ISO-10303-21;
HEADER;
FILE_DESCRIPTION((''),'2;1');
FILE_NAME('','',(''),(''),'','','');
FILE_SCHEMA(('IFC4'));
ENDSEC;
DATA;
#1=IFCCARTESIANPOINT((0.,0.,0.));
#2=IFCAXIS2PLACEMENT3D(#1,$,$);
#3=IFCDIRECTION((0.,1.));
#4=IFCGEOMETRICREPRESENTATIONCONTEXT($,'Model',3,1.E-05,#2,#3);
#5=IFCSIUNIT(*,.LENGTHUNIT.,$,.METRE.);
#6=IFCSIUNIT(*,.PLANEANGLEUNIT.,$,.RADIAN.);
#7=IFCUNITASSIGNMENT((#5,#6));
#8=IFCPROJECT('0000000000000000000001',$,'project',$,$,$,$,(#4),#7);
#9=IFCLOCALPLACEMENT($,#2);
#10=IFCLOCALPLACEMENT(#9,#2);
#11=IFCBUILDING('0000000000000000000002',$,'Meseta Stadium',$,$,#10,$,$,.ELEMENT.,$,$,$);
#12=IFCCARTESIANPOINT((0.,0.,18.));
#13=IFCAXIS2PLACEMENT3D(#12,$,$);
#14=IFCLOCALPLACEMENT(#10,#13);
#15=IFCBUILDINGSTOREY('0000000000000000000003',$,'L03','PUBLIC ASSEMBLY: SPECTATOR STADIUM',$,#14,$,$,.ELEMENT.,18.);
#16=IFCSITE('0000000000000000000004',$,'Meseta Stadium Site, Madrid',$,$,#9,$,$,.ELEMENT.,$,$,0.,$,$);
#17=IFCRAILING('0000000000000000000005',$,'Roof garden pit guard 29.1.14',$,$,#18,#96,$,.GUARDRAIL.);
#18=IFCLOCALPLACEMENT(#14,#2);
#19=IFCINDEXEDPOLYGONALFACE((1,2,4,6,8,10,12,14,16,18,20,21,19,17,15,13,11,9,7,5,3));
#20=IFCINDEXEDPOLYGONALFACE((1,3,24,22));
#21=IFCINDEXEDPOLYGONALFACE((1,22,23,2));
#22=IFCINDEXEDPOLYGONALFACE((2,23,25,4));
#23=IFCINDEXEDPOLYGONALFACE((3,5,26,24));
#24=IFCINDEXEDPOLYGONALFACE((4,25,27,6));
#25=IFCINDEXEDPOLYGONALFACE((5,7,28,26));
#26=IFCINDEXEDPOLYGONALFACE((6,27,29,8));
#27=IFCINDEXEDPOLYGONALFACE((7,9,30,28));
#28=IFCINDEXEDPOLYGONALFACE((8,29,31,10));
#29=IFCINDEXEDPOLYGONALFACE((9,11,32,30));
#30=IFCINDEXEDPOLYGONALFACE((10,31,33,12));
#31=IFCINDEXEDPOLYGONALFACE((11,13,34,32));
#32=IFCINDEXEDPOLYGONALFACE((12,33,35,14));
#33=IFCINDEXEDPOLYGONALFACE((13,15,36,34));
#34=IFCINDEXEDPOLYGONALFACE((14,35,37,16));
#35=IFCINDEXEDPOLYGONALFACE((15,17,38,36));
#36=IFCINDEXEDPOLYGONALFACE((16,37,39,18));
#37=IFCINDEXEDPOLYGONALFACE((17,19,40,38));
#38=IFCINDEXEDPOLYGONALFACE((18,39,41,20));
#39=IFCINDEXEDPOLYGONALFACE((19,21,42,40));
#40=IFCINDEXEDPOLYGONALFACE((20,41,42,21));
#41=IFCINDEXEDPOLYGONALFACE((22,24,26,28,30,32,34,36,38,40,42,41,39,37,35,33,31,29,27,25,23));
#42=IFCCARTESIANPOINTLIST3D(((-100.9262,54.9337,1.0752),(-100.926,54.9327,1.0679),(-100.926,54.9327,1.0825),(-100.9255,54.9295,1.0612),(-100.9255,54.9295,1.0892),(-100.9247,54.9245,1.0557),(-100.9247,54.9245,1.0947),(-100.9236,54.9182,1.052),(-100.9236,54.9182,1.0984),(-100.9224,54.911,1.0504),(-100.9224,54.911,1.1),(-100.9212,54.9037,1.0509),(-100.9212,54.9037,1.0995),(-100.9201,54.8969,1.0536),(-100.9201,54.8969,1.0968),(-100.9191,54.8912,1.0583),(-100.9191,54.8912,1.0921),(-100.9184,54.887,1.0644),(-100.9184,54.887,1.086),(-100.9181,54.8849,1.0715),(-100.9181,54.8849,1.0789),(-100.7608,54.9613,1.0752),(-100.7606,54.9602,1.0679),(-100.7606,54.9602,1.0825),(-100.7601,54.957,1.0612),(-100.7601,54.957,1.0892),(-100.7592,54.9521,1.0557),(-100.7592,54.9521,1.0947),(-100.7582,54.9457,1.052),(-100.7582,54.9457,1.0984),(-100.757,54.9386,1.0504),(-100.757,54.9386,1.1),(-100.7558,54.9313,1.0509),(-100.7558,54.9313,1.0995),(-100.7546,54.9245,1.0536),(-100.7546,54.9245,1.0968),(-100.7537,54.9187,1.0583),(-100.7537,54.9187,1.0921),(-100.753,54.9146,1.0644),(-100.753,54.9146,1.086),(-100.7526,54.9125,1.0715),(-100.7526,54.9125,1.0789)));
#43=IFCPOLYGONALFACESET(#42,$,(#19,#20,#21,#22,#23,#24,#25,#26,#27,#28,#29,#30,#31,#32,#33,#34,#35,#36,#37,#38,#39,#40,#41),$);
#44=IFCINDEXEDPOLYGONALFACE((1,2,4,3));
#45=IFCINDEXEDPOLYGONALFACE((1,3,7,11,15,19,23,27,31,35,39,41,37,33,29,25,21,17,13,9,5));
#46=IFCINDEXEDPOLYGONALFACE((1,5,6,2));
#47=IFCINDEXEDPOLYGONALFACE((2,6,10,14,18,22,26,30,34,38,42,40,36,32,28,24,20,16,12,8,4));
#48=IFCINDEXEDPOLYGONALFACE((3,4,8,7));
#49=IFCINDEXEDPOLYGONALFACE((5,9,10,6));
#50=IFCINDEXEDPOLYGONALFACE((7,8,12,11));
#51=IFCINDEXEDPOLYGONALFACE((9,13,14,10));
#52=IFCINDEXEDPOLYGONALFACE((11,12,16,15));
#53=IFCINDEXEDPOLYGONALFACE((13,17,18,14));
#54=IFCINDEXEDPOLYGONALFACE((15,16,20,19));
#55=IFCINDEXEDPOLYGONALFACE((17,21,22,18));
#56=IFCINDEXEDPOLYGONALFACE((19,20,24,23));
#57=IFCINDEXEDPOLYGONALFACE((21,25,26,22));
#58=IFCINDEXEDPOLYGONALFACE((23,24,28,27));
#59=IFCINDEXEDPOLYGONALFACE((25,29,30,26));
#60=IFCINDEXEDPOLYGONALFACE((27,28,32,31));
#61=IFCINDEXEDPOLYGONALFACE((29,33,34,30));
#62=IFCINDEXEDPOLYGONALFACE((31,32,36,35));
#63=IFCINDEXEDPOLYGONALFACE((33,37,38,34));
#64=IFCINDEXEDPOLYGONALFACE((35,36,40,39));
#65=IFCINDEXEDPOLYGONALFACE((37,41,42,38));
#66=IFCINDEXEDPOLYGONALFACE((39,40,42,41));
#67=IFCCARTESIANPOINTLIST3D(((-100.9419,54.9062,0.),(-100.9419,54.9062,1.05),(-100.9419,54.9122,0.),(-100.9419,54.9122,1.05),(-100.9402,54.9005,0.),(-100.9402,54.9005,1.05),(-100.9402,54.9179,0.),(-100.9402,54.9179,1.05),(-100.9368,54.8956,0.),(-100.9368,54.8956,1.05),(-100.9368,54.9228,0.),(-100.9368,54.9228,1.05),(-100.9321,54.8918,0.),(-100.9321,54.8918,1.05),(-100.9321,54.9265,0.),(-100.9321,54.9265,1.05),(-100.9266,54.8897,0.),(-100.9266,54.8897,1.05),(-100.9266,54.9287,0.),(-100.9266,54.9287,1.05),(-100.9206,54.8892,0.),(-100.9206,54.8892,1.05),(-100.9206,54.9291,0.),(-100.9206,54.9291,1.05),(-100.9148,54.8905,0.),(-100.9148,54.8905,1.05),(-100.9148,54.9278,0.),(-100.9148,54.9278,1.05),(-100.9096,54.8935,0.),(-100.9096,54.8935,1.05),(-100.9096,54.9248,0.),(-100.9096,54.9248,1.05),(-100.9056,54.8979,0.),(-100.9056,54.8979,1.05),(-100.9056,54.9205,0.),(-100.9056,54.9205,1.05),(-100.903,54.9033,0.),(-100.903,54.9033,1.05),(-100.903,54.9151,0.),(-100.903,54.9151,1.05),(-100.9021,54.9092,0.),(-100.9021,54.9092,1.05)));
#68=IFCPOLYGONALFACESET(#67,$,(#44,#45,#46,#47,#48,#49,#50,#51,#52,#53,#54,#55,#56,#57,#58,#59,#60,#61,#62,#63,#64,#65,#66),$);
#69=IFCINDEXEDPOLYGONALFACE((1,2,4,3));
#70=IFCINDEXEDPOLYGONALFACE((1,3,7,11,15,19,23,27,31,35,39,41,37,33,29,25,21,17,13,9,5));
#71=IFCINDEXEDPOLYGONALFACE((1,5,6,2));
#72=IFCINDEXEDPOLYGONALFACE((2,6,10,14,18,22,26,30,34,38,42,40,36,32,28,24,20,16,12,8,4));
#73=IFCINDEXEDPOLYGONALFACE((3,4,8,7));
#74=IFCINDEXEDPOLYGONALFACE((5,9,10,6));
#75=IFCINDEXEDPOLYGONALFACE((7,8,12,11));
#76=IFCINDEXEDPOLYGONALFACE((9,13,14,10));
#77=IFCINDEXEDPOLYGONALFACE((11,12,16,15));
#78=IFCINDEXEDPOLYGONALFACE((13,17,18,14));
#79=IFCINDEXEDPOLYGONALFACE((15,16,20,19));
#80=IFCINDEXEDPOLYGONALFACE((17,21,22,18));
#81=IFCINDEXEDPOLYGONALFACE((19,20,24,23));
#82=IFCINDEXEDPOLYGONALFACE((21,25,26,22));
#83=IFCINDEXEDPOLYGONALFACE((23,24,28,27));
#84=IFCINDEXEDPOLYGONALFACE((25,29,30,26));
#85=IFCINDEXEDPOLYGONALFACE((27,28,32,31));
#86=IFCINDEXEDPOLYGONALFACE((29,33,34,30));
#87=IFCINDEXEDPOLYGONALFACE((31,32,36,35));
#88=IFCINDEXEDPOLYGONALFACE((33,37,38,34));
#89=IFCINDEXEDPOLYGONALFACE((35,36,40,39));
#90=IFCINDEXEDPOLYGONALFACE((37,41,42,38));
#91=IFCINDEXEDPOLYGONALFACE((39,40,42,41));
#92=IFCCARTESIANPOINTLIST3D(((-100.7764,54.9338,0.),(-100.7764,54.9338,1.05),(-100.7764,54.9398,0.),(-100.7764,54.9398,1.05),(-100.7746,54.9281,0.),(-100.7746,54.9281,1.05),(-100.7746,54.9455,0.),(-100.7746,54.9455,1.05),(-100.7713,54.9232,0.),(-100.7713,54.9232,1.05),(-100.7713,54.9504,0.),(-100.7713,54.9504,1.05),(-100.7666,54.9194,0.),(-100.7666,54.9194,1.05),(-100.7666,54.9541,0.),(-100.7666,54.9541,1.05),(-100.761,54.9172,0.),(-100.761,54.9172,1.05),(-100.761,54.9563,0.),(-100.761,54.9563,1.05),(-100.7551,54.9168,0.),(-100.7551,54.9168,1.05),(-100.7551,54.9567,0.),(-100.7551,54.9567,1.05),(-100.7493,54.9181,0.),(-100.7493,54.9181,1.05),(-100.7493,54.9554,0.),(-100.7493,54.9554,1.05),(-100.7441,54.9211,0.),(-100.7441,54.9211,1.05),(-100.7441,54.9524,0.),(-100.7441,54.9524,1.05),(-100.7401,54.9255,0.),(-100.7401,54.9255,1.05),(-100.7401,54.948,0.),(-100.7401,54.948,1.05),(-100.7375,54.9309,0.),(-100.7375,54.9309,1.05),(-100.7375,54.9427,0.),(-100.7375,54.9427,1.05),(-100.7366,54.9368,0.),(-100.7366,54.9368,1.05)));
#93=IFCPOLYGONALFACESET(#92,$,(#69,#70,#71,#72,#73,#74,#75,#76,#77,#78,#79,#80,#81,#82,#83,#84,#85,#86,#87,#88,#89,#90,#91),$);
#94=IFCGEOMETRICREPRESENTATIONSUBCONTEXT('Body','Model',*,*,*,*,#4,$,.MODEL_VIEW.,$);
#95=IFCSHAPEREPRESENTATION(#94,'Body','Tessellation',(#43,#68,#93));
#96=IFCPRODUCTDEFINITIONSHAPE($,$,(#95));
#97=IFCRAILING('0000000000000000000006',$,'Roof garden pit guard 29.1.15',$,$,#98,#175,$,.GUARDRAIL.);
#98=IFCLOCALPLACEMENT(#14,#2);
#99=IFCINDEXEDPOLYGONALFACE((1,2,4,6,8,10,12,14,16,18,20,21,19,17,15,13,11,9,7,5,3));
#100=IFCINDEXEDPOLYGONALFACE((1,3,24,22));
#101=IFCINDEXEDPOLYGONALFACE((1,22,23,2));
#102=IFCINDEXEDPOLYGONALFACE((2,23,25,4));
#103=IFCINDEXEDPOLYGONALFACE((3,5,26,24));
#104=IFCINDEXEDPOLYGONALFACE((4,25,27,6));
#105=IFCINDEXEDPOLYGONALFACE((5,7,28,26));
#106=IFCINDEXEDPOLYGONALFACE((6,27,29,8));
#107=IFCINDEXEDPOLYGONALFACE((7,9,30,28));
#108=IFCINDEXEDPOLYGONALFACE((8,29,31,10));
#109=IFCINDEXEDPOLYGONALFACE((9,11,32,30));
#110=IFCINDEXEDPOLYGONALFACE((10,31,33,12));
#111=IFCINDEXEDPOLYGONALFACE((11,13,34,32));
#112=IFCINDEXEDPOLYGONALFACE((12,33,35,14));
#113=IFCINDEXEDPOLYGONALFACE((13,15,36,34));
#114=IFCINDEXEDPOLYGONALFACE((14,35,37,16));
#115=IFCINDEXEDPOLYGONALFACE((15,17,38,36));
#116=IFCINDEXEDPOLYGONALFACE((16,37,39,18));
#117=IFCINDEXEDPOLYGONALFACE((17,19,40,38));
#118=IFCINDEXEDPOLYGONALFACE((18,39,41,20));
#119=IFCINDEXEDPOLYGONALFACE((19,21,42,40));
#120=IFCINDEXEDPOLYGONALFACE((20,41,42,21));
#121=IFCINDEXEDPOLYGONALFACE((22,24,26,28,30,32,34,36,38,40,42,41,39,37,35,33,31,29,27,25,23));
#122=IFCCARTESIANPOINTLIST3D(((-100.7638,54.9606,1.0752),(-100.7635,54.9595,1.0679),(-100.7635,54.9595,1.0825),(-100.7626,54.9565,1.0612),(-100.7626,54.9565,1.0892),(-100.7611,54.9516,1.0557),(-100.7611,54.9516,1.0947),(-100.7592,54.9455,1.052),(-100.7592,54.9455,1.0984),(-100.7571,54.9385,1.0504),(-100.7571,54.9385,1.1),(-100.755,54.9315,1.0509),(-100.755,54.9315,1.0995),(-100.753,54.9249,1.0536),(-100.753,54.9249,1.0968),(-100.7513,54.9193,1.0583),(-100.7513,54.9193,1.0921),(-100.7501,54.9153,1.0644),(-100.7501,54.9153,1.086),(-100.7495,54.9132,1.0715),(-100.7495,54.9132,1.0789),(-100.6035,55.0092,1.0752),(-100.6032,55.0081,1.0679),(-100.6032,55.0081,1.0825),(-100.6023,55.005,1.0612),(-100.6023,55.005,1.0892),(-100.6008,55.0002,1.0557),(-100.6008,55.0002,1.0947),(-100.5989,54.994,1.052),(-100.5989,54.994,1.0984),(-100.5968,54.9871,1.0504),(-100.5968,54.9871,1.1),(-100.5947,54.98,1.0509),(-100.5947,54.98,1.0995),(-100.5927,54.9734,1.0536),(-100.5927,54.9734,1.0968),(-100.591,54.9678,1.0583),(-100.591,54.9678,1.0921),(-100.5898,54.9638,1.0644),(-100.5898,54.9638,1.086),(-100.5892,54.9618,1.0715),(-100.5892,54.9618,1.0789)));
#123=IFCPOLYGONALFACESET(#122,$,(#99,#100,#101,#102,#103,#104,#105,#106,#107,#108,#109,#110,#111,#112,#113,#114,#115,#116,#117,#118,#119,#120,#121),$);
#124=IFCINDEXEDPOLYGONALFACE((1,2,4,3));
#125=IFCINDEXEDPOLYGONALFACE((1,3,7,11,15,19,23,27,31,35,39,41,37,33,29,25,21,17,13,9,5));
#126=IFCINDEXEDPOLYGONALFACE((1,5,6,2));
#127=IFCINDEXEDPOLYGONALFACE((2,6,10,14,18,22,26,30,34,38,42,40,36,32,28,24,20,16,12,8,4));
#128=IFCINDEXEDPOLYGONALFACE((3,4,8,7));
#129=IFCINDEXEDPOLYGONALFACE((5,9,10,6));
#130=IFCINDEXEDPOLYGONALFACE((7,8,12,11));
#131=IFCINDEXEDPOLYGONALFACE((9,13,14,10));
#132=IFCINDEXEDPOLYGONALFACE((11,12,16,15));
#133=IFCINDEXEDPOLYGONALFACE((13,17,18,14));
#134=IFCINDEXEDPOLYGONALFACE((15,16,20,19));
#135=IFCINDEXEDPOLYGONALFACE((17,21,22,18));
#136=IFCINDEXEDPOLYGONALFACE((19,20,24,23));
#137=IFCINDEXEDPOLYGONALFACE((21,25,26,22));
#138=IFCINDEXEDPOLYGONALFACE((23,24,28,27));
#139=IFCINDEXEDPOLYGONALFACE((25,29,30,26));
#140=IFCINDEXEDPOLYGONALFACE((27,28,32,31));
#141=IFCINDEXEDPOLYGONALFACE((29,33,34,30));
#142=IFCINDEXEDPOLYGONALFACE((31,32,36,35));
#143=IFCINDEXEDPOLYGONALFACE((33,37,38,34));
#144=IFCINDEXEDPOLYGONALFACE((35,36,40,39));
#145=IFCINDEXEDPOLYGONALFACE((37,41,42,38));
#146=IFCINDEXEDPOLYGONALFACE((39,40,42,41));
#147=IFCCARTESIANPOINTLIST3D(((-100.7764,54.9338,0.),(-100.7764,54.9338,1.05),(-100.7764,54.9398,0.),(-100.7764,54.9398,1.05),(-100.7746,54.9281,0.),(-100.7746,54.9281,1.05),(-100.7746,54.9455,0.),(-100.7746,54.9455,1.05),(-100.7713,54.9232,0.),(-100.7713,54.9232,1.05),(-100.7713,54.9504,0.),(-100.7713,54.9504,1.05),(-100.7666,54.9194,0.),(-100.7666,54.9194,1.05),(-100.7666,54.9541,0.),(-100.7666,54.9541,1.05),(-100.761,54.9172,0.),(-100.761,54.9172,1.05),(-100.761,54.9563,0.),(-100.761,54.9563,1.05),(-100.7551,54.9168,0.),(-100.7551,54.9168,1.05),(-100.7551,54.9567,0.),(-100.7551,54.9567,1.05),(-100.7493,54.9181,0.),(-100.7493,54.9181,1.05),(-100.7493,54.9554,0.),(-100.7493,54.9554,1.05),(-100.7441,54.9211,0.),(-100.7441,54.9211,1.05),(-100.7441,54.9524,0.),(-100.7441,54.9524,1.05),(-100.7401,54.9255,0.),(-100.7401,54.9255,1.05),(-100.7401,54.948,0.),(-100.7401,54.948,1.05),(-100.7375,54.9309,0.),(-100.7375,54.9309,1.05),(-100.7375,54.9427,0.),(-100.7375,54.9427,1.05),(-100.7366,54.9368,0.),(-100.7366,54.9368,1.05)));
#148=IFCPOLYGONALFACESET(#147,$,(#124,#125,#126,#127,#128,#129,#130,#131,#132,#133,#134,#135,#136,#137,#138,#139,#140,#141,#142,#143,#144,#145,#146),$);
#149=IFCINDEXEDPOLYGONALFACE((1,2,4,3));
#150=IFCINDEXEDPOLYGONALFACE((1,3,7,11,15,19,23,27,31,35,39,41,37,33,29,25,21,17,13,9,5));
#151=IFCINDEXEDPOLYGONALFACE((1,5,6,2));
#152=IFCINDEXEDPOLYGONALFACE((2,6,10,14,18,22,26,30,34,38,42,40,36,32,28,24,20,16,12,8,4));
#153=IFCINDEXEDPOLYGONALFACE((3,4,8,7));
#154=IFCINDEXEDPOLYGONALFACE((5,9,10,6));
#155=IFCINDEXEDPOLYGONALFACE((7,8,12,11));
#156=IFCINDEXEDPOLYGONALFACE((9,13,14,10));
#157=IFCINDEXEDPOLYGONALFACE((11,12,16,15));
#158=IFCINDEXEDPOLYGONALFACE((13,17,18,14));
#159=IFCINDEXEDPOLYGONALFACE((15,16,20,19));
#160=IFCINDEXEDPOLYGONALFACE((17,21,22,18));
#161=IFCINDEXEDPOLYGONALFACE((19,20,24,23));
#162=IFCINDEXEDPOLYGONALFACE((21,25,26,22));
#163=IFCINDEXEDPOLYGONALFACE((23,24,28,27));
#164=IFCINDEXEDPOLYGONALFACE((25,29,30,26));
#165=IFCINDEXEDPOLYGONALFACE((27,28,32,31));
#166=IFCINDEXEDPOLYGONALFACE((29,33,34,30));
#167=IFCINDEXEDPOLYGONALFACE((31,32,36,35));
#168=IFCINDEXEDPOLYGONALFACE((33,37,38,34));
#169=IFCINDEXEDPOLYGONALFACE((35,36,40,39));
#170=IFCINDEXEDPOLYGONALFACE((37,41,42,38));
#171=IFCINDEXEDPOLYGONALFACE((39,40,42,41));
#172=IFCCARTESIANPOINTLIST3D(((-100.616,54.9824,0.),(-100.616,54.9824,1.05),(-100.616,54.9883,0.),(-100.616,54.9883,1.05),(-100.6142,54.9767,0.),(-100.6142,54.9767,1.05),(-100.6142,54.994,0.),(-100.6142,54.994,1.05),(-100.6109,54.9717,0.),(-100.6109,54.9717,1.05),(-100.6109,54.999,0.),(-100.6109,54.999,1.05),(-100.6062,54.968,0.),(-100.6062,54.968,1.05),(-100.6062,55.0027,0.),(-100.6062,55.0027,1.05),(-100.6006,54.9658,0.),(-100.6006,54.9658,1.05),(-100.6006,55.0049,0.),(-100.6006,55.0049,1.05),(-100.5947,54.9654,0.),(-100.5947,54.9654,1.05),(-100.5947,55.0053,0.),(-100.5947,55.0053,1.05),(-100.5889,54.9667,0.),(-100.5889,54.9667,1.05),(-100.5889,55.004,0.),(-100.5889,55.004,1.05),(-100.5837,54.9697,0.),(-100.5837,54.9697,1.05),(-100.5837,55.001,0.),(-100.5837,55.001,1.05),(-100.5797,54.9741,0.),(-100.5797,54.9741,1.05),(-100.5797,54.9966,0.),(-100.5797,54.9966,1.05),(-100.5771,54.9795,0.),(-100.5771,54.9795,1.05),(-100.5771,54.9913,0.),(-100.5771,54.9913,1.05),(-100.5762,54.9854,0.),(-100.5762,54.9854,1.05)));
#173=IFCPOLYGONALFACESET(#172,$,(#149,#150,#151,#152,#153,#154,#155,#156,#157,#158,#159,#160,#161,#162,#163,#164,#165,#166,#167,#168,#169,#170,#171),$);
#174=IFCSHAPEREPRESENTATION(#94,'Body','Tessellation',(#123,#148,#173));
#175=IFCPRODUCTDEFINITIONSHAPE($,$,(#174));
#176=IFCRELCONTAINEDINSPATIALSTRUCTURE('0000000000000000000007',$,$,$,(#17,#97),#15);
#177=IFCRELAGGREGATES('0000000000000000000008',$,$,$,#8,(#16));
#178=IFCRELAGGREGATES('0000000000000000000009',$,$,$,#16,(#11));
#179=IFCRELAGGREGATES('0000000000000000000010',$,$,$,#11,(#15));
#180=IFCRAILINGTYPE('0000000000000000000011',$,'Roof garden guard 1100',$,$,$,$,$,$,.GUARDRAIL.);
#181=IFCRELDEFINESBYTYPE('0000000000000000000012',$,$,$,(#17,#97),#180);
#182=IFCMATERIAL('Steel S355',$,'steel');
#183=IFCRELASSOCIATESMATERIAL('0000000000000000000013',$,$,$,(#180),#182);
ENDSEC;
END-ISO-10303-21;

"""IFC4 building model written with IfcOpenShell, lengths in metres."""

from ifc_helpers import new_model, si_unit, direction, frame, origin, origin_2d, place, context, subcontext, project, spatial, circle, extrude, material, type_object, element, save


model = new_model("IFC4")

# Units and contexts
model_context = context("Model", 3, precision=1e-05, world=origin(), true_north=direction((0.0, 1.0)))
body_context = subcontext(model_context, "Body", "Model", "MODEL_VIEW")
ifc_project = project(units=[si_unit("LENGTHUNIT", "METRE"), si_unit("PLANEANGLEUNIT", "RADIAN")], contexts=[model_context])

# Site, building, storey
site_placement = place(None, origin())
site = spatial("IfcSite", under=ifc_project, at=site_placement, Name="Meseta Stadium Site, Madrid", CompositionType="ELEMENT", RefElevation=0.0)
building_placement = place(site_placement, origin())
building = spatial("IfcBuilding", under=site, at=building_placement, Name="Meseta Stadium", CompositionType="ELEMENT")
storey_placement = place(building_placement, frame((0.0, 0.0, 18.0)))
storey = spatial("IfcBuildingStorey", under=building, at=storey_placement, Name="L03", Description="PUBLIC ASSEMBLY: SPECTATOR STADIUM", CompositionType="ELEMENT", Elevation=18.0)

# Railings
ifc_material_1 = material(Name="Steel S355", Category="steel")
railing_type = type_object("IfcRailingType", Name="Roof garden guard 1100", PredefinedType="GUARDRAIL", material=ifc_material_1)
railing_1_placement = place(storey_placement, frame((-100.9221, 54.9092, 0.0)))
element("IfcRailing", 1, at=railing_1_placement, inside=storey, type_object=railing_type, Name="Roof garden pit guard 29.1.14", PredefinedType="GUARDRAIL", context=body_context, shape_type="SweptSolid", body=[
    extrude(circle(Radius=0.0249, at=origin_2d()), frame((0.0, 0.0, 1.0752), z_axis=(0.986394, 0.164399, 0.0), x_axis=(-0.164399, 0.986394, 0.0)), (0.0, 0.0, 1.0), 0.1677),
    extrude(circle(Radius=0.02, at=origin_2d()), origin(), (0.0, 0.0, 1.0), 1.05),
    extrude(circle(Radius=0.02, at=origin_2d()), frame((0.1655, 0.0276, 0.0)), (0.0, 0.0, 1.0), 1.05),
])
railing_2_placement = place(storey_placement, frame((-100.7566, 54.9368, 0.0)))
element("IfcRailing", 2, at=railing_2_placement, inside=storey, type_object=railing_type, Name="Roof garden pit guard 29.1.15", PredefinedType="GUARDRAIL", context=body_context, shape_type="SweptSolid", body=[
    extrude(circle(Radius=0.0249, at=origin_2d()), frame((0.0, 0.0, 1.0752), z_axis=(0.957061, 0.289886, 0.0), x_axis=(-0.289886, 0.957061, 0.0)), (0.0, 0.0, 1.0), 0.1675),
    extrude(circle(Radius=0.02, at=origin_2d()), origin(), (0.0, 0.0, 1.0), 1.05),
    extrude(circle(Radius=0.02, at=origin_2d()), frame((0.1604, 0.0486, 0.0)), (0.0, 0.0, 1.0), 1.05),
])

save(model, "model.ifc")
